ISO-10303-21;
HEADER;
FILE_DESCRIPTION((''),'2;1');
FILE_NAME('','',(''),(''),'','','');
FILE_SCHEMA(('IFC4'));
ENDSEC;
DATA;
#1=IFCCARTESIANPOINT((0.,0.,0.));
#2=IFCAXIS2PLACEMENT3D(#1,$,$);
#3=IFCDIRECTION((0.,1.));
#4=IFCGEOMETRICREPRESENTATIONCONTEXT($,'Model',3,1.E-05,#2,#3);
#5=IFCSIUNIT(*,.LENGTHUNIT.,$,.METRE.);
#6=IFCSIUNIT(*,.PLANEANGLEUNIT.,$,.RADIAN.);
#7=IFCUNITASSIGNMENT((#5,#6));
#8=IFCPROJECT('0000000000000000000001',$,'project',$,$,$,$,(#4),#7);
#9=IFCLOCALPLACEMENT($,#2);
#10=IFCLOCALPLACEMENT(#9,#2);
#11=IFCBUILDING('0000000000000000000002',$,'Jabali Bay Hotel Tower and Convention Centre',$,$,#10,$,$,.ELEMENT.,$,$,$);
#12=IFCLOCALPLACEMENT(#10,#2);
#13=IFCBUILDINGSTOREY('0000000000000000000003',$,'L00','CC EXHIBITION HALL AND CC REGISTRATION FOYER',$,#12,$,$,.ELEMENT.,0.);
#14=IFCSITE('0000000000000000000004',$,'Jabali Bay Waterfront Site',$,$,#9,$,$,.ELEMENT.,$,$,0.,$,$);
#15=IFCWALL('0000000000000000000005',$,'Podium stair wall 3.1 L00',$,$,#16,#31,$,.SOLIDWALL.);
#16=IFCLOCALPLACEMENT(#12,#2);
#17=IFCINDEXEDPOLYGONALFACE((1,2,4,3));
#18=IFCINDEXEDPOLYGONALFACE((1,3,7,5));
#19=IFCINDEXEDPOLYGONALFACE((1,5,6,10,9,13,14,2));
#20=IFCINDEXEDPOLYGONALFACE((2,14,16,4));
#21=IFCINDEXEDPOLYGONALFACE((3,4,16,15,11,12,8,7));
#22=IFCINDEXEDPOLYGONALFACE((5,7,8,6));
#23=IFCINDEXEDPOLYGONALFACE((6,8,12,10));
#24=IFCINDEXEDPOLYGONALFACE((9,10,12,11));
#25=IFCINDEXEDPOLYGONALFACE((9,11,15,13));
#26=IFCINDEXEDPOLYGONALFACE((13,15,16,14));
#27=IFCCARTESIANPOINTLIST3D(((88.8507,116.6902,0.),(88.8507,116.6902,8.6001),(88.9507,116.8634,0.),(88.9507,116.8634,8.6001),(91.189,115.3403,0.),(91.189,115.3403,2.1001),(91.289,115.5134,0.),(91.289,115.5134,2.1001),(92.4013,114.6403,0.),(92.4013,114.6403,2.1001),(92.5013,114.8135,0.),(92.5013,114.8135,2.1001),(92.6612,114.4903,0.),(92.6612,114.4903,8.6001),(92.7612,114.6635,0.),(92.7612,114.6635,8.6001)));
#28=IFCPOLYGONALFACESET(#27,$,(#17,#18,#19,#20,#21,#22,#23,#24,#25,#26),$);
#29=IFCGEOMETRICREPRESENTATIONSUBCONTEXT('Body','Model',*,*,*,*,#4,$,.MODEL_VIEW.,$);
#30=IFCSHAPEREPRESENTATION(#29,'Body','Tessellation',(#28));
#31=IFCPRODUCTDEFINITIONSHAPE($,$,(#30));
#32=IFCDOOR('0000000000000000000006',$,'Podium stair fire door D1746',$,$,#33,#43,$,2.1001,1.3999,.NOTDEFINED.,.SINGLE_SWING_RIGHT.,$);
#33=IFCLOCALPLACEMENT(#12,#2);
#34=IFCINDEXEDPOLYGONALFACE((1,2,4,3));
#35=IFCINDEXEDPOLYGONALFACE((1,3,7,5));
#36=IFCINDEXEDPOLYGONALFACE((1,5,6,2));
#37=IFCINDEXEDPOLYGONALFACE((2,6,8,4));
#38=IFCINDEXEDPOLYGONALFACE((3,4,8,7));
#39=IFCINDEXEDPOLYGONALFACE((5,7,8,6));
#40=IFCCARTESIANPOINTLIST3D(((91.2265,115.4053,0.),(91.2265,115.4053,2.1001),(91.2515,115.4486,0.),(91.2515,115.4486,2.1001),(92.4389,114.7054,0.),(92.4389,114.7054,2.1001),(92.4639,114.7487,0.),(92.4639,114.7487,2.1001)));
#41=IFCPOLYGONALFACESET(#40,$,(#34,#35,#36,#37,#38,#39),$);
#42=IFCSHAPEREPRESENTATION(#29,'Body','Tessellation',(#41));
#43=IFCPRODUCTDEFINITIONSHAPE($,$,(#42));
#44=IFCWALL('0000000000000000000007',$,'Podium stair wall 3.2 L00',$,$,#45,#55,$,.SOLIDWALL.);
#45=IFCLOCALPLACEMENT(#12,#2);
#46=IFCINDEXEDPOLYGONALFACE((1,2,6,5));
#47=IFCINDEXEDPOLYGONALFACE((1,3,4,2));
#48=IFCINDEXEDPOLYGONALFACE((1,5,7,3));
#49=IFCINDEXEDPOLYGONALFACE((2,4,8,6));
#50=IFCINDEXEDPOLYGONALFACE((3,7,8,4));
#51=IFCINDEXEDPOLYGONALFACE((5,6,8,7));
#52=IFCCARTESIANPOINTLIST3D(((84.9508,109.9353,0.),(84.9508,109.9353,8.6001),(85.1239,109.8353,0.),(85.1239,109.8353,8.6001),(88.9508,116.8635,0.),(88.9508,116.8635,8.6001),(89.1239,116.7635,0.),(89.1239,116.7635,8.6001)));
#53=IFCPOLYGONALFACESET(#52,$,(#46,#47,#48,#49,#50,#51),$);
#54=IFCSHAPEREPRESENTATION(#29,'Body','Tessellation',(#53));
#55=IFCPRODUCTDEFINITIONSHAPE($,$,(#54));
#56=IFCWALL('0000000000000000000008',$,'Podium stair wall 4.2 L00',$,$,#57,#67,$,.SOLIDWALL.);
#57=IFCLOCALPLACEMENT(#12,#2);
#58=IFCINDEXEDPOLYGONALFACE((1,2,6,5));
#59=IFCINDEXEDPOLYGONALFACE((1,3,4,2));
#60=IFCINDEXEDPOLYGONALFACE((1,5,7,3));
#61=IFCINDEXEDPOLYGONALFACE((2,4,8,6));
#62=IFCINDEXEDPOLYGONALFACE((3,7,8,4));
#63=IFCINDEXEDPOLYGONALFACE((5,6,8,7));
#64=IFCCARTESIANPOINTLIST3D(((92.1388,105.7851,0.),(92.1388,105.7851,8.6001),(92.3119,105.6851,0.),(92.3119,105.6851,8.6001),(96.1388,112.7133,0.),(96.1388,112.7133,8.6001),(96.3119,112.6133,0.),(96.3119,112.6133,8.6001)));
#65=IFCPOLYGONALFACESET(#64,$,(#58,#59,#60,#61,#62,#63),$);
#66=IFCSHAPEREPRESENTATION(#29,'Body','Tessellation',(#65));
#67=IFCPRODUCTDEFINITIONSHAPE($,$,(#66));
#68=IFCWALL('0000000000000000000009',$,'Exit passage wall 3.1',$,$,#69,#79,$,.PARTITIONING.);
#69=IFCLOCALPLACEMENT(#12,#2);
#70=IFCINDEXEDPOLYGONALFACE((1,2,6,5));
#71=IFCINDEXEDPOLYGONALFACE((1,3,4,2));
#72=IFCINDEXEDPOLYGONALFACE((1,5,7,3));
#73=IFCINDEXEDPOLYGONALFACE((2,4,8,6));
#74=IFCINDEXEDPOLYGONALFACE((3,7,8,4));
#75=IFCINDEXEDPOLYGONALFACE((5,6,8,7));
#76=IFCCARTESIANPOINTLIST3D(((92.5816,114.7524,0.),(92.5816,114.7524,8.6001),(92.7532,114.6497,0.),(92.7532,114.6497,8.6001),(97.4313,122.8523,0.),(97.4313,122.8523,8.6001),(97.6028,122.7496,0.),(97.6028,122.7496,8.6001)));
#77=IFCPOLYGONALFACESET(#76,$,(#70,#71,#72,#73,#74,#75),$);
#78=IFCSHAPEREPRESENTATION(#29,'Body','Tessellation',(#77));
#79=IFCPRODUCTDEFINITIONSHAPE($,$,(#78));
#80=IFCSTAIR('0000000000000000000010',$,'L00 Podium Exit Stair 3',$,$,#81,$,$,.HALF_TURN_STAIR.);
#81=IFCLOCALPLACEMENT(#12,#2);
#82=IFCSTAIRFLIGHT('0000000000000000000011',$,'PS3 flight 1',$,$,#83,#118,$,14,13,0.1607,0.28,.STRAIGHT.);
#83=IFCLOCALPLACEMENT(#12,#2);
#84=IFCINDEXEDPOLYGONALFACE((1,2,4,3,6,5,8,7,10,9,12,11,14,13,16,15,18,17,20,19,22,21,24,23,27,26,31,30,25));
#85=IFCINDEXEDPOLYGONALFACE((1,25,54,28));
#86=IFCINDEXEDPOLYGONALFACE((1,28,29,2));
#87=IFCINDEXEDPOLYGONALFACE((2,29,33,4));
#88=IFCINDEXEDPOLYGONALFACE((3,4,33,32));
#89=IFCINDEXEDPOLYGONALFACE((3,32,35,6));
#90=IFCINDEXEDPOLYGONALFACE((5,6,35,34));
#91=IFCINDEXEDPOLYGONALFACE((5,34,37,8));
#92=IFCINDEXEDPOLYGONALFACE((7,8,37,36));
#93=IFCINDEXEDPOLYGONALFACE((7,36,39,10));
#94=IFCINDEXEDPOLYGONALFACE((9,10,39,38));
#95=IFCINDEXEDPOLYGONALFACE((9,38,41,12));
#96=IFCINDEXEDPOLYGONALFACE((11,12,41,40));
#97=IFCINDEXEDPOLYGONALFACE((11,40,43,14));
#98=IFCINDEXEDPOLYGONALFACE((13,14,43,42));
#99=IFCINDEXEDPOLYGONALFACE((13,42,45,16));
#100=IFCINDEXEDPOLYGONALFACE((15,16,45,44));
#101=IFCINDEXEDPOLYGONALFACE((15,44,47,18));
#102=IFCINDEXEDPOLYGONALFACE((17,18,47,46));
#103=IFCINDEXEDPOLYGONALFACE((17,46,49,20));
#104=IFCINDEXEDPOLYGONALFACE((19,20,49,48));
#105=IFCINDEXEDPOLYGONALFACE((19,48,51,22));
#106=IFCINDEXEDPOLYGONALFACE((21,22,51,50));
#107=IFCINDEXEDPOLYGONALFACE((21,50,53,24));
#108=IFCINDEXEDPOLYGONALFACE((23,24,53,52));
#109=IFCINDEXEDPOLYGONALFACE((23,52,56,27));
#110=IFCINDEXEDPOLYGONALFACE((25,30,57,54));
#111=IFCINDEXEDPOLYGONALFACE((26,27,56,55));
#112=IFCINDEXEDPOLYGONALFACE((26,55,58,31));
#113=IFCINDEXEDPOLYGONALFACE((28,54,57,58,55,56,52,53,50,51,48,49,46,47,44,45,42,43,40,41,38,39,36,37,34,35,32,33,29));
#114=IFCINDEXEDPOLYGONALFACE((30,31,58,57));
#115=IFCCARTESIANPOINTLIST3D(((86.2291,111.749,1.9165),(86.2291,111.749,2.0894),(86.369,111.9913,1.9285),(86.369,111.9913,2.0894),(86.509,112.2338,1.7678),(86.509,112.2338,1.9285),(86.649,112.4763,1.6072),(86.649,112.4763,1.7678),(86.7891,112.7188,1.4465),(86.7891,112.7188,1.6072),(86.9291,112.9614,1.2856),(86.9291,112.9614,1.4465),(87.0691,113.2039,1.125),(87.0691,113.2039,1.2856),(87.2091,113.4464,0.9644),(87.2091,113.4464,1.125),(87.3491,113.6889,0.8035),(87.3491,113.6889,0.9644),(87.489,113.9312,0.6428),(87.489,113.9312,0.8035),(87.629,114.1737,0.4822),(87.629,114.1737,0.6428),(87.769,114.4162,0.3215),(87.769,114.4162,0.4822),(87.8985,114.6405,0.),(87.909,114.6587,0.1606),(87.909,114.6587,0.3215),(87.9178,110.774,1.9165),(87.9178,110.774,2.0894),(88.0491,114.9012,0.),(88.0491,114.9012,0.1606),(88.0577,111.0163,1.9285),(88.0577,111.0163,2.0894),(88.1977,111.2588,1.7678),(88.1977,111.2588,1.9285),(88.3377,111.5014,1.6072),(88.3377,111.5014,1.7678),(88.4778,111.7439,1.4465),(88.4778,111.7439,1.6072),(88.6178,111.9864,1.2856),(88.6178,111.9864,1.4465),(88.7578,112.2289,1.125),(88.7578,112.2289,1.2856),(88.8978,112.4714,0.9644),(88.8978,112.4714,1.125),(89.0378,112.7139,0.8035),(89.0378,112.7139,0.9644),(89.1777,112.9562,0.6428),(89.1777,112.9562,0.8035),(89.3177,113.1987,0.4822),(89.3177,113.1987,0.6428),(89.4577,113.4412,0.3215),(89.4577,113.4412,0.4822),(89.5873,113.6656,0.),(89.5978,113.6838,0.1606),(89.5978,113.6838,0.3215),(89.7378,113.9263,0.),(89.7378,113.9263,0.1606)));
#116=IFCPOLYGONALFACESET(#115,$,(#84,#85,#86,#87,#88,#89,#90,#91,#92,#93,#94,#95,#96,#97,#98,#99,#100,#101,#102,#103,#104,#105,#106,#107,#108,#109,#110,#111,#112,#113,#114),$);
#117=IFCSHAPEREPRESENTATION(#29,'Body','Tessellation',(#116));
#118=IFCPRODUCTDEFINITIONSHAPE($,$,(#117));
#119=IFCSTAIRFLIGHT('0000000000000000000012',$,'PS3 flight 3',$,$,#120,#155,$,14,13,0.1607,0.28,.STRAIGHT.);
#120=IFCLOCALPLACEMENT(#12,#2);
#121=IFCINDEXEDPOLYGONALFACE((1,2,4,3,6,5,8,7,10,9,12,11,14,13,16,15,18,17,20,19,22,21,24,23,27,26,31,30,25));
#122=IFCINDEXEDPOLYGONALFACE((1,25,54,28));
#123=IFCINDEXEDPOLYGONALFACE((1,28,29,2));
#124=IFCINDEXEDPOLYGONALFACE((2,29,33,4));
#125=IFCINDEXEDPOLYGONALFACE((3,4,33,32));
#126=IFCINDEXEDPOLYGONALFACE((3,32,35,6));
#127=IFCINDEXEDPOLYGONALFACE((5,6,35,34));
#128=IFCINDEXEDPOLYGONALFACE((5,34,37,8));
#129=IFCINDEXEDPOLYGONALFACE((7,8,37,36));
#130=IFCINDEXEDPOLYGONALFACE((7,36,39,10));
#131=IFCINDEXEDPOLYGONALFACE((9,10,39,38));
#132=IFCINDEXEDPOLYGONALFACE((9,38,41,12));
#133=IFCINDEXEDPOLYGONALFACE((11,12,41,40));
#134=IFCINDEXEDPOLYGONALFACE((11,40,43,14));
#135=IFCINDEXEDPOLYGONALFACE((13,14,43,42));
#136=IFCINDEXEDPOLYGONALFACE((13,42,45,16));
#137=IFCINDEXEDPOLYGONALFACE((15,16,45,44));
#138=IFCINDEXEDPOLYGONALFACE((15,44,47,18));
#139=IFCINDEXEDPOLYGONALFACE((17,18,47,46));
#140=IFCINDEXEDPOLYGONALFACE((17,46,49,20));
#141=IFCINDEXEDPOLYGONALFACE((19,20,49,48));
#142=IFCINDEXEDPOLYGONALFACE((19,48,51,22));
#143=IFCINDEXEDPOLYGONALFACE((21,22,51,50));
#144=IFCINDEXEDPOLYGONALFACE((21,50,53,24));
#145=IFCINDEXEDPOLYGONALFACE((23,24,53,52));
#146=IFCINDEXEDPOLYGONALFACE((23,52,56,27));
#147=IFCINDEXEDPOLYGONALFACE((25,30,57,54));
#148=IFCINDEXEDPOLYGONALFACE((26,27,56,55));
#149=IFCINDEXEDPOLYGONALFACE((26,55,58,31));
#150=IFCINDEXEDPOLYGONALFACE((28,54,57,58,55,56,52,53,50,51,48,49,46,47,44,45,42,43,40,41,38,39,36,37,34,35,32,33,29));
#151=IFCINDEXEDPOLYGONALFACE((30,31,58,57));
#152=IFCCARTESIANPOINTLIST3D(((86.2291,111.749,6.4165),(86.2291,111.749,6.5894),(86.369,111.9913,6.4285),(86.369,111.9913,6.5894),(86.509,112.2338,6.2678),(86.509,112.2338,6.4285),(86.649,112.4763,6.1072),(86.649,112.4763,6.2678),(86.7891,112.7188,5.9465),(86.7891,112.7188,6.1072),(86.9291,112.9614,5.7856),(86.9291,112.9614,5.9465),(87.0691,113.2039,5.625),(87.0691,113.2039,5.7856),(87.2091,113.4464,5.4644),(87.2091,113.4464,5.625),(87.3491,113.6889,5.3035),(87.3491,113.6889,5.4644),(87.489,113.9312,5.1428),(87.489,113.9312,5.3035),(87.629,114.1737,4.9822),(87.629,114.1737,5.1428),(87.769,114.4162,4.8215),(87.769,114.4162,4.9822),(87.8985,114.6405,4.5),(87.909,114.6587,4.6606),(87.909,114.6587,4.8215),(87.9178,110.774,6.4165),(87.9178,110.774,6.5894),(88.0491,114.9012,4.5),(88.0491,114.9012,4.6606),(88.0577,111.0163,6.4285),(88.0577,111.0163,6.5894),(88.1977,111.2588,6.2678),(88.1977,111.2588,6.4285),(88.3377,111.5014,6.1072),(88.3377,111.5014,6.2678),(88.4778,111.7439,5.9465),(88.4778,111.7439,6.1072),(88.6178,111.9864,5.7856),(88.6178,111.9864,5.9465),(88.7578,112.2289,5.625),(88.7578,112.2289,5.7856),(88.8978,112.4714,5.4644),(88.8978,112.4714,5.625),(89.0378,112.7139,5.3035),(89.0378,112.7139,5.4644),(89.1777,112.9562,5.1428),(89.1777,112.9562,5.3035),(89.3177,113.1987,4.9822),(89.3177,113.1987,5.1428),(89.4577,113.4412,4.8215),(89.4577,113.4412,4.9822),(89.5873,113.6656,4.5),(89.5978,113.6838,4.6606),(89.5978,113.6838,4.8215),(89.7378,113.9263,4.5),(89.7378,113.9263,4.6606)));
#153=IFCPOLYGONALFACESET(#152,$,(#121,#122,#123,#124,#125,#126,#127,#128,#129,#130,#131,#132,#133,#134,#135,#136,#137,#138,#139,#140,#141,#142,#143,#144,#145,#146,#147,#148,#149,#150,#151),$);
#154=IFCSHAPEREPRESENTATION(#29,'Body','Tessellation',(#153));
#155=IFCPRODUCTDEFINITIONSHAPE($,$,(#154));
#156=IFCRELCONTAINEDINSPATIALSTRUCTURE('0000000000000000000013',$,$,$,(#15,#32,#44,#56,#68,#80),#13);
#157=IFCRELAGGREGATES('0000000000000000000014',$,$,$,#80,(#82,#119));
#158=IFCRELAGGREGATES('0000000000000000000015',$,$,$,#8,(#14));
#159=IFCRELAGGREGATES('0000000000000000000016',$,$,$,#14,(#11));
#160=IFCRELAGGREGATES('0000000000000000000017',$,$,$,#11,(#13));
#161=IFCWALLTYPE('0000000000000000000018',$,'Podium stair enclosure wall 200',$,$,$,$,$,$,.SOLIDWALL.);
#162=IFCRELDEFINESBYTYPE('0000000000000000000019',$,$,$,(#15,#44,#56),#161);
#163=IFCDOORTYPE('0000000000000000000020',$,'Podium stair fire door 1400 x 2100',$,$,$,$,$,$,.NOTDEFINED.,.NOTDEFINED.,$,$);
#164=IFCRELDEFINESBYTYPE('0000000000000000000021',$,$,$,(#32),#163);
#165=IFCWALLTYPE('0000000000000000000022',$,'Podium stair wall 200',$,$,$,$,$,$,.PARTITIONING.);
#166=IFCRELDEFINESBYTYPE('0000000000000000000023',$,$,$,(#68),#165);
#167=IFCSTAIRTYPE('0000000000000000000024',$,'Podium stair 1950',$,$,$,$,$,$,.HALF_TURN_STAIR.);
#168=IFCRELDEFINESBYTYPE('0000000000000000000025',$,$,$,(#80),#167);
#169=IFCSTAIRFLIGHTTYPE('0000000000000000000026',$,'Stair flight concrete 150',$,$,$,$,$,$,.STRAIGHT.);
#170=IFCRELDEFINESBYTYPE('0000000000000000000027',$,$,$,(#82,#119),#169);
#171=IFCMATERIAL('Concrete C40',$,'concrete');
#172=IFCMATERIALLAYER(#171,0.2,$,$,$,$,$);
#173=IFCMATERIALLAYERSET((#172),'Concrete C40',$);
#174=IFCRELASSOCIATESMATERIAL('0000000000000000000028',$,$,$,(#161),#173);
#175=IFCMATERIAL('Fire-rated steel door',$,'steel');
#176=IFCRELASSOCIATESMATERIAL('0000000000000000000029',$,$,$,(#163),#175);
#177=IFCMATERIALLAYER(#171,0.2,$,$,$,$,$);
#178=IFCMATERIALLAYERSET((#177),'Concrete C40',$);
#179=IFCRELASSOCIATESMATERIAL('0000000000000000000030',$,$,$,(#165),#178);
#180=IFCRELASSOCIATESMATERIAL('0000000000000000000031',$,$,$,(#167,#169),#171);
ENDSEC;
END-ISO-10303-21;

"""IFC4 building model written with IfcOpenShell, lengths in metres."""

from ifc_helpers import new_model, si_unit, direction, frame, frame_2d, origin, place, context, subcontext, project, spatial, polyline, rectangle, outline, extrude, material, layer, layer_set, type_object, element, fill, aggregate, save


model = new_model("IFC4")

# Units and contexts
model_context = context("Model", 3, precision=1e-05, world=origin(), true_north=direction((0.0, 1.0)))
body_context = subcontext(model_context, "Body", "Model", "MODEL_VIEW")
ifc_project = project(units=[si_unit("LENGTHUNIT", "METRE"), si_unit("PLANEANGLEUNIT", "RADIAN")], contexts=[model_context])

# Site, building, storey
site_placement = place(None, origin())
site = spatial("IfcSite", under=ifc_project, at=site_placement, Name="Jabali Bay Waterfront Site", CompositionType="ELEMENT", RefElevation=0.0)
building_placement = place(site_placement, origin())
building = spatial("IfcBuilding", under=site, at=building_placement, Name="Jabali Bay Hotel Tower and Convention Centre", CompositionType="ELEMENT")
storey_placement = place(building_placement, origin())
storey = spatial("IfcBuildingStorey", under=building, at=storey_placement, Name="L00", Description="CC EXHIBITION HALL AND CC REGISTRATION FOYER", CompositionType="ELEMENT", Elevation=0.0)

# Wall, opening, door
ifc_material_1 = material(Name="Concrete C40", Category="concrete")
ifc_layer_1 = layer(ifc_material_1, 0.2)
ifc_layer_set_1 = layer_set([ifc_layer_1], Name="Concrete C40")
wall_type_1 = type_object("IfcWallType", Name="Podium stair enclosure wall 200", PredefinedType="SOLIDWALL", material=ifc_layer_set_1)
wall_1_placement = place(storey_placement, frame((92.7112, 114.5769, 0.0), z_axis=(0.0, 0.0, 1.0), x_axis=(-0.866032, 0.499988, 0.0)))
wall_1 = element("IfcWall", 1, at=wall_1_placement, inside=storey, type_object=wall_type_1, Name="Podium stair wall 3.1 L00", PredefinedType="SOLIDWALL", context=body_context, shape_type="SweptSolid", body=[
    extrude(rectangle(XDim=4.3999, YDim=0.2, at=frame_2d((2.2, 0.0))), origin(), (0.0, 0.0, 1.0), 8.6001),
])
opening_1_placement = place(wall_1_placement, frame((0.3, 0.0, 0.0)))
opening_1 = element("IfcOpeningElement", 2, at=opening_1_placement, cuts=wall_1, PredefinedType="OPENING", context=body_context, shape_type="SweptSolid", body=[
    extrude(rectangle(XDim=1.3999, YDim=2.1001, at=frame_2d((0.7, 1.05))), frame((0.0, 0.1104, 0.0), z_axis=(0.0, -1.0, 0.0), x_axis=(1.0, 0.0, 0.0)), (0.0, 0.0, 1.0), 0.2209),
])
ifc_material_2 = material(Name="Fire-rated steel door", Category="steel")
door_type_1 = type_object("IfcDoorType", Name="Podium stair fire door 1400 x 2100", OperationType="NOTDEFINED", PredefinedType="NOTDEFINED", material=ifc_material_2)
door_1_placement = place(opening_1_placement, origin())
door_1 = element("IfcDoor", 3, at=door_1_placement, inside=storey, type_object=door_type_1, Name="Podium stair fire door D1746", OperationType="SINGLE_SWING_RIGHT", OverallHeight=2.1001, OverallWidth=1.3999, PredefinedType="NOTDEFINED", context=body_context, shape_type="SweptSolid", body=[
    extrude(rectangle(XDim=1.3999, YDim=2.1001, at=frame_2d((0.7, 1.05))), frame((0.0, 0.0249, 0.0), z_axis=(0.0, -1.0, 0.0), x_axis=(1.0, 0.0, 0.0)), (0.0, 0.0, 1.0), 0.05),
])
fill(opening_1, door_1)

# Walls
for number, where, z_axis, x_axis, name in (
    (4, (89.0374, 116.8135, 0.0), (0.0, 0.0, 1.0), (-0.499999, -0.866026, 0.0), "Podium stair wall 3.2 L00"),
    (5, (96.2253, 112.6633, 0.0), (0.0, 0.0, 1.0), (-0.499999, -0.866026, 0.0), "Podium stair wall 4.2 L00"),
):
    element("IfcWall", number, at=place(storey_placement, frame(where, z_axis=z_axis, x_axis=x_axis)), inside=storey, type_object=wall_type_1, Name=name, PredefinedType="SOLIDWALL", context=body_context, shape_type="SweptSolid", body=[
        extrude(rectangle(XDim=8.0, YDim=0.2, at=frame_2d((4.0, 0.0))), origin(), (0.0, 0.0, 1.0), 8.6001),
    ])
ifc_layer_2 = layer(ifc_material_1, 0.2)
ifc_layer_set_2 = layer_set([ifc_layer_2], Name="Concrete C40")
wall_type_2 = type_object("IfcWallType", Name="Podium stair wall 200", PredefinedType="PARTITIONING", material=ifc_layer_set_2)
wall_2_placement = place(storey_placement, frame((92.6675, 114.7012, 0.0), z_axis=(0.0, 0.0, 1.0), x_axis=(0.513693, 0.857974, 0.0)))
element("IfcWall", 6, at=wall_2_placement, inside=storey, type_object=wall_type_2, Name="Exit passage wall 3.1", PredefinedType="PARTITIONING", context=body_context, shape_type="SweptSolid", body=[
    extrude(rectangle(XDim=9.4407, YDim=0.2, at=frame_2d((4.7202, 0.0))), origin(), (0.0, 0.0, 1.0), 8.6001),
])

# Stair, stair flights
stair_type = type_object("IfcStairType", Name="Podium stair 1950", PredefinedType="HALF_TURN_STAIR", material=ifc_material_1)
stair_placement = place(storey_placement, origin())
stair = element("IfcStair", 7, at=stair_placement, inside=storey, type_object=stair_type, Name="L00 Podium Exit Stair 3", PredefinedType="HALF_TURN_STAIR")
stair_flight_type = type_object("IfcStairFlightType", Name="Stair flight concrete 150", PredefinedType="STRAIGHT", material=ifc_material_1)
stair_flight_1_placement = place(storey_placement, frame((88.8933, 114.4138, 0.0), z_axis=(0.0, 0.0, 1.0), x_axis=(-0.5, -0.866025, 0.0)))
stair_flight_1 = element("IfcStairFlight", 8, at=stair_flight_1_placement, type_object=stair_flight_type, Name="PS3 flight 1", NumberOfRisers=14, NumberOfTreads=13, PredefinedType="STRAIGHT", RiserHeight=0.1607, TreadLength=0.28, context=body_context, shape_type="SweptSolid", body=[
    extrude(outline(polyline([(0.0, 0.0), (0.0, 0.1606), (0.28, 0.1606), (0.28, 0.3215), (0.5601, 0.3215), (0.5601, 0.4822), (0.8401, 0.4822), (0.8401, 0.6428), (1.1201, 0.6428), (1.1201, 0.8035), (1.3999, 0.8035), (1.3999, 0.9644), (1.6799, 0.9644), (1.6799, 1.125), (1.96, 1.125), (1.96, 1.2856), (2.24, 1.2856), (2.24, 1.4465), (2.52, 1.4465), (2.52, 1.6072), (2.8, 1.6072), (2.8, 1.7678), (3.0801, 1.7678), (3.0801, 1.9285), (3.3601, 1.9285), (3.3601, 2.0894), (3.6399, 2.0894), (3.6399, 2.25), (3.6399, 1.9165), (0.301, 0.0), (0.0, 0.0)])), frame((0.0, 0.9751, 0.0), z_axis=(0.0, -1.0, 0.0), x_axis=(1.0, 0.0, 0.0)), (0.0, 0.0, 1.0), 1.95),
])
stair_flight_2_placement = place(storey_placement, frame((88.8933, 114.4138, 4.5), z_axis=(0.0, 0.0, 1.0), x_axis=(-0.5, -0.866025, 0.0)))
stair_flight_2 = element("IfcStairFlight", 9, at=stair_flight_2_placement, type_object=stair_flight_type, Name="PS3 flight 3", NumberOfRisers=14, NumberOfTreads=13, PredefinedType="STRAIGHT", RiserHeight=0.1607, TreadLength=0.28, context=body_context, shape_type="SweptSolid", body=[
    extrude(outline(polyline([(0.0, 0.0), (0.0, 0.1606), (0.28, 0.1606), (0.28, 0.3215), (0.5601, 0.3215), (0.5601, 0.4822), (0.8401, 0.4822), (0.8401, 0.6428), (1.1201, 0.6428), (1.1201, 0.8035), (1.3999, 0.8035), (1.3999, 0.9644), (1.6799, 0.9644), (1.6799, 1.125), (1.96, 1.125), (1.96, 1.2856), (2.24, 1.2856), (2.24, 1.4465), (2.52, 1.4465), (2.52, 1.6072), (2.8, 1.6072), (2.8, 1.7678), (3.0801, 1.7678), (3.0801, 1.9285), (3.3601, 1.9285), (3.3601, 2.0894), (3.6399, 2.0894), (3.6399, 2.25), (3.6399, 1.9165), (0.301, 0.0), (0.0, 0.0)])), frame((0.0, 0.9751, 0.0), z_axis=(0.0, -1.0, 0.0), x_axis=(1.0, 0.0, 0.0)), (0.0, 0.0, 1.0), 1.95),
])
aggregate(stair, [stair_flight_1, stair_flight_2])

save(model, "model.ifc")
